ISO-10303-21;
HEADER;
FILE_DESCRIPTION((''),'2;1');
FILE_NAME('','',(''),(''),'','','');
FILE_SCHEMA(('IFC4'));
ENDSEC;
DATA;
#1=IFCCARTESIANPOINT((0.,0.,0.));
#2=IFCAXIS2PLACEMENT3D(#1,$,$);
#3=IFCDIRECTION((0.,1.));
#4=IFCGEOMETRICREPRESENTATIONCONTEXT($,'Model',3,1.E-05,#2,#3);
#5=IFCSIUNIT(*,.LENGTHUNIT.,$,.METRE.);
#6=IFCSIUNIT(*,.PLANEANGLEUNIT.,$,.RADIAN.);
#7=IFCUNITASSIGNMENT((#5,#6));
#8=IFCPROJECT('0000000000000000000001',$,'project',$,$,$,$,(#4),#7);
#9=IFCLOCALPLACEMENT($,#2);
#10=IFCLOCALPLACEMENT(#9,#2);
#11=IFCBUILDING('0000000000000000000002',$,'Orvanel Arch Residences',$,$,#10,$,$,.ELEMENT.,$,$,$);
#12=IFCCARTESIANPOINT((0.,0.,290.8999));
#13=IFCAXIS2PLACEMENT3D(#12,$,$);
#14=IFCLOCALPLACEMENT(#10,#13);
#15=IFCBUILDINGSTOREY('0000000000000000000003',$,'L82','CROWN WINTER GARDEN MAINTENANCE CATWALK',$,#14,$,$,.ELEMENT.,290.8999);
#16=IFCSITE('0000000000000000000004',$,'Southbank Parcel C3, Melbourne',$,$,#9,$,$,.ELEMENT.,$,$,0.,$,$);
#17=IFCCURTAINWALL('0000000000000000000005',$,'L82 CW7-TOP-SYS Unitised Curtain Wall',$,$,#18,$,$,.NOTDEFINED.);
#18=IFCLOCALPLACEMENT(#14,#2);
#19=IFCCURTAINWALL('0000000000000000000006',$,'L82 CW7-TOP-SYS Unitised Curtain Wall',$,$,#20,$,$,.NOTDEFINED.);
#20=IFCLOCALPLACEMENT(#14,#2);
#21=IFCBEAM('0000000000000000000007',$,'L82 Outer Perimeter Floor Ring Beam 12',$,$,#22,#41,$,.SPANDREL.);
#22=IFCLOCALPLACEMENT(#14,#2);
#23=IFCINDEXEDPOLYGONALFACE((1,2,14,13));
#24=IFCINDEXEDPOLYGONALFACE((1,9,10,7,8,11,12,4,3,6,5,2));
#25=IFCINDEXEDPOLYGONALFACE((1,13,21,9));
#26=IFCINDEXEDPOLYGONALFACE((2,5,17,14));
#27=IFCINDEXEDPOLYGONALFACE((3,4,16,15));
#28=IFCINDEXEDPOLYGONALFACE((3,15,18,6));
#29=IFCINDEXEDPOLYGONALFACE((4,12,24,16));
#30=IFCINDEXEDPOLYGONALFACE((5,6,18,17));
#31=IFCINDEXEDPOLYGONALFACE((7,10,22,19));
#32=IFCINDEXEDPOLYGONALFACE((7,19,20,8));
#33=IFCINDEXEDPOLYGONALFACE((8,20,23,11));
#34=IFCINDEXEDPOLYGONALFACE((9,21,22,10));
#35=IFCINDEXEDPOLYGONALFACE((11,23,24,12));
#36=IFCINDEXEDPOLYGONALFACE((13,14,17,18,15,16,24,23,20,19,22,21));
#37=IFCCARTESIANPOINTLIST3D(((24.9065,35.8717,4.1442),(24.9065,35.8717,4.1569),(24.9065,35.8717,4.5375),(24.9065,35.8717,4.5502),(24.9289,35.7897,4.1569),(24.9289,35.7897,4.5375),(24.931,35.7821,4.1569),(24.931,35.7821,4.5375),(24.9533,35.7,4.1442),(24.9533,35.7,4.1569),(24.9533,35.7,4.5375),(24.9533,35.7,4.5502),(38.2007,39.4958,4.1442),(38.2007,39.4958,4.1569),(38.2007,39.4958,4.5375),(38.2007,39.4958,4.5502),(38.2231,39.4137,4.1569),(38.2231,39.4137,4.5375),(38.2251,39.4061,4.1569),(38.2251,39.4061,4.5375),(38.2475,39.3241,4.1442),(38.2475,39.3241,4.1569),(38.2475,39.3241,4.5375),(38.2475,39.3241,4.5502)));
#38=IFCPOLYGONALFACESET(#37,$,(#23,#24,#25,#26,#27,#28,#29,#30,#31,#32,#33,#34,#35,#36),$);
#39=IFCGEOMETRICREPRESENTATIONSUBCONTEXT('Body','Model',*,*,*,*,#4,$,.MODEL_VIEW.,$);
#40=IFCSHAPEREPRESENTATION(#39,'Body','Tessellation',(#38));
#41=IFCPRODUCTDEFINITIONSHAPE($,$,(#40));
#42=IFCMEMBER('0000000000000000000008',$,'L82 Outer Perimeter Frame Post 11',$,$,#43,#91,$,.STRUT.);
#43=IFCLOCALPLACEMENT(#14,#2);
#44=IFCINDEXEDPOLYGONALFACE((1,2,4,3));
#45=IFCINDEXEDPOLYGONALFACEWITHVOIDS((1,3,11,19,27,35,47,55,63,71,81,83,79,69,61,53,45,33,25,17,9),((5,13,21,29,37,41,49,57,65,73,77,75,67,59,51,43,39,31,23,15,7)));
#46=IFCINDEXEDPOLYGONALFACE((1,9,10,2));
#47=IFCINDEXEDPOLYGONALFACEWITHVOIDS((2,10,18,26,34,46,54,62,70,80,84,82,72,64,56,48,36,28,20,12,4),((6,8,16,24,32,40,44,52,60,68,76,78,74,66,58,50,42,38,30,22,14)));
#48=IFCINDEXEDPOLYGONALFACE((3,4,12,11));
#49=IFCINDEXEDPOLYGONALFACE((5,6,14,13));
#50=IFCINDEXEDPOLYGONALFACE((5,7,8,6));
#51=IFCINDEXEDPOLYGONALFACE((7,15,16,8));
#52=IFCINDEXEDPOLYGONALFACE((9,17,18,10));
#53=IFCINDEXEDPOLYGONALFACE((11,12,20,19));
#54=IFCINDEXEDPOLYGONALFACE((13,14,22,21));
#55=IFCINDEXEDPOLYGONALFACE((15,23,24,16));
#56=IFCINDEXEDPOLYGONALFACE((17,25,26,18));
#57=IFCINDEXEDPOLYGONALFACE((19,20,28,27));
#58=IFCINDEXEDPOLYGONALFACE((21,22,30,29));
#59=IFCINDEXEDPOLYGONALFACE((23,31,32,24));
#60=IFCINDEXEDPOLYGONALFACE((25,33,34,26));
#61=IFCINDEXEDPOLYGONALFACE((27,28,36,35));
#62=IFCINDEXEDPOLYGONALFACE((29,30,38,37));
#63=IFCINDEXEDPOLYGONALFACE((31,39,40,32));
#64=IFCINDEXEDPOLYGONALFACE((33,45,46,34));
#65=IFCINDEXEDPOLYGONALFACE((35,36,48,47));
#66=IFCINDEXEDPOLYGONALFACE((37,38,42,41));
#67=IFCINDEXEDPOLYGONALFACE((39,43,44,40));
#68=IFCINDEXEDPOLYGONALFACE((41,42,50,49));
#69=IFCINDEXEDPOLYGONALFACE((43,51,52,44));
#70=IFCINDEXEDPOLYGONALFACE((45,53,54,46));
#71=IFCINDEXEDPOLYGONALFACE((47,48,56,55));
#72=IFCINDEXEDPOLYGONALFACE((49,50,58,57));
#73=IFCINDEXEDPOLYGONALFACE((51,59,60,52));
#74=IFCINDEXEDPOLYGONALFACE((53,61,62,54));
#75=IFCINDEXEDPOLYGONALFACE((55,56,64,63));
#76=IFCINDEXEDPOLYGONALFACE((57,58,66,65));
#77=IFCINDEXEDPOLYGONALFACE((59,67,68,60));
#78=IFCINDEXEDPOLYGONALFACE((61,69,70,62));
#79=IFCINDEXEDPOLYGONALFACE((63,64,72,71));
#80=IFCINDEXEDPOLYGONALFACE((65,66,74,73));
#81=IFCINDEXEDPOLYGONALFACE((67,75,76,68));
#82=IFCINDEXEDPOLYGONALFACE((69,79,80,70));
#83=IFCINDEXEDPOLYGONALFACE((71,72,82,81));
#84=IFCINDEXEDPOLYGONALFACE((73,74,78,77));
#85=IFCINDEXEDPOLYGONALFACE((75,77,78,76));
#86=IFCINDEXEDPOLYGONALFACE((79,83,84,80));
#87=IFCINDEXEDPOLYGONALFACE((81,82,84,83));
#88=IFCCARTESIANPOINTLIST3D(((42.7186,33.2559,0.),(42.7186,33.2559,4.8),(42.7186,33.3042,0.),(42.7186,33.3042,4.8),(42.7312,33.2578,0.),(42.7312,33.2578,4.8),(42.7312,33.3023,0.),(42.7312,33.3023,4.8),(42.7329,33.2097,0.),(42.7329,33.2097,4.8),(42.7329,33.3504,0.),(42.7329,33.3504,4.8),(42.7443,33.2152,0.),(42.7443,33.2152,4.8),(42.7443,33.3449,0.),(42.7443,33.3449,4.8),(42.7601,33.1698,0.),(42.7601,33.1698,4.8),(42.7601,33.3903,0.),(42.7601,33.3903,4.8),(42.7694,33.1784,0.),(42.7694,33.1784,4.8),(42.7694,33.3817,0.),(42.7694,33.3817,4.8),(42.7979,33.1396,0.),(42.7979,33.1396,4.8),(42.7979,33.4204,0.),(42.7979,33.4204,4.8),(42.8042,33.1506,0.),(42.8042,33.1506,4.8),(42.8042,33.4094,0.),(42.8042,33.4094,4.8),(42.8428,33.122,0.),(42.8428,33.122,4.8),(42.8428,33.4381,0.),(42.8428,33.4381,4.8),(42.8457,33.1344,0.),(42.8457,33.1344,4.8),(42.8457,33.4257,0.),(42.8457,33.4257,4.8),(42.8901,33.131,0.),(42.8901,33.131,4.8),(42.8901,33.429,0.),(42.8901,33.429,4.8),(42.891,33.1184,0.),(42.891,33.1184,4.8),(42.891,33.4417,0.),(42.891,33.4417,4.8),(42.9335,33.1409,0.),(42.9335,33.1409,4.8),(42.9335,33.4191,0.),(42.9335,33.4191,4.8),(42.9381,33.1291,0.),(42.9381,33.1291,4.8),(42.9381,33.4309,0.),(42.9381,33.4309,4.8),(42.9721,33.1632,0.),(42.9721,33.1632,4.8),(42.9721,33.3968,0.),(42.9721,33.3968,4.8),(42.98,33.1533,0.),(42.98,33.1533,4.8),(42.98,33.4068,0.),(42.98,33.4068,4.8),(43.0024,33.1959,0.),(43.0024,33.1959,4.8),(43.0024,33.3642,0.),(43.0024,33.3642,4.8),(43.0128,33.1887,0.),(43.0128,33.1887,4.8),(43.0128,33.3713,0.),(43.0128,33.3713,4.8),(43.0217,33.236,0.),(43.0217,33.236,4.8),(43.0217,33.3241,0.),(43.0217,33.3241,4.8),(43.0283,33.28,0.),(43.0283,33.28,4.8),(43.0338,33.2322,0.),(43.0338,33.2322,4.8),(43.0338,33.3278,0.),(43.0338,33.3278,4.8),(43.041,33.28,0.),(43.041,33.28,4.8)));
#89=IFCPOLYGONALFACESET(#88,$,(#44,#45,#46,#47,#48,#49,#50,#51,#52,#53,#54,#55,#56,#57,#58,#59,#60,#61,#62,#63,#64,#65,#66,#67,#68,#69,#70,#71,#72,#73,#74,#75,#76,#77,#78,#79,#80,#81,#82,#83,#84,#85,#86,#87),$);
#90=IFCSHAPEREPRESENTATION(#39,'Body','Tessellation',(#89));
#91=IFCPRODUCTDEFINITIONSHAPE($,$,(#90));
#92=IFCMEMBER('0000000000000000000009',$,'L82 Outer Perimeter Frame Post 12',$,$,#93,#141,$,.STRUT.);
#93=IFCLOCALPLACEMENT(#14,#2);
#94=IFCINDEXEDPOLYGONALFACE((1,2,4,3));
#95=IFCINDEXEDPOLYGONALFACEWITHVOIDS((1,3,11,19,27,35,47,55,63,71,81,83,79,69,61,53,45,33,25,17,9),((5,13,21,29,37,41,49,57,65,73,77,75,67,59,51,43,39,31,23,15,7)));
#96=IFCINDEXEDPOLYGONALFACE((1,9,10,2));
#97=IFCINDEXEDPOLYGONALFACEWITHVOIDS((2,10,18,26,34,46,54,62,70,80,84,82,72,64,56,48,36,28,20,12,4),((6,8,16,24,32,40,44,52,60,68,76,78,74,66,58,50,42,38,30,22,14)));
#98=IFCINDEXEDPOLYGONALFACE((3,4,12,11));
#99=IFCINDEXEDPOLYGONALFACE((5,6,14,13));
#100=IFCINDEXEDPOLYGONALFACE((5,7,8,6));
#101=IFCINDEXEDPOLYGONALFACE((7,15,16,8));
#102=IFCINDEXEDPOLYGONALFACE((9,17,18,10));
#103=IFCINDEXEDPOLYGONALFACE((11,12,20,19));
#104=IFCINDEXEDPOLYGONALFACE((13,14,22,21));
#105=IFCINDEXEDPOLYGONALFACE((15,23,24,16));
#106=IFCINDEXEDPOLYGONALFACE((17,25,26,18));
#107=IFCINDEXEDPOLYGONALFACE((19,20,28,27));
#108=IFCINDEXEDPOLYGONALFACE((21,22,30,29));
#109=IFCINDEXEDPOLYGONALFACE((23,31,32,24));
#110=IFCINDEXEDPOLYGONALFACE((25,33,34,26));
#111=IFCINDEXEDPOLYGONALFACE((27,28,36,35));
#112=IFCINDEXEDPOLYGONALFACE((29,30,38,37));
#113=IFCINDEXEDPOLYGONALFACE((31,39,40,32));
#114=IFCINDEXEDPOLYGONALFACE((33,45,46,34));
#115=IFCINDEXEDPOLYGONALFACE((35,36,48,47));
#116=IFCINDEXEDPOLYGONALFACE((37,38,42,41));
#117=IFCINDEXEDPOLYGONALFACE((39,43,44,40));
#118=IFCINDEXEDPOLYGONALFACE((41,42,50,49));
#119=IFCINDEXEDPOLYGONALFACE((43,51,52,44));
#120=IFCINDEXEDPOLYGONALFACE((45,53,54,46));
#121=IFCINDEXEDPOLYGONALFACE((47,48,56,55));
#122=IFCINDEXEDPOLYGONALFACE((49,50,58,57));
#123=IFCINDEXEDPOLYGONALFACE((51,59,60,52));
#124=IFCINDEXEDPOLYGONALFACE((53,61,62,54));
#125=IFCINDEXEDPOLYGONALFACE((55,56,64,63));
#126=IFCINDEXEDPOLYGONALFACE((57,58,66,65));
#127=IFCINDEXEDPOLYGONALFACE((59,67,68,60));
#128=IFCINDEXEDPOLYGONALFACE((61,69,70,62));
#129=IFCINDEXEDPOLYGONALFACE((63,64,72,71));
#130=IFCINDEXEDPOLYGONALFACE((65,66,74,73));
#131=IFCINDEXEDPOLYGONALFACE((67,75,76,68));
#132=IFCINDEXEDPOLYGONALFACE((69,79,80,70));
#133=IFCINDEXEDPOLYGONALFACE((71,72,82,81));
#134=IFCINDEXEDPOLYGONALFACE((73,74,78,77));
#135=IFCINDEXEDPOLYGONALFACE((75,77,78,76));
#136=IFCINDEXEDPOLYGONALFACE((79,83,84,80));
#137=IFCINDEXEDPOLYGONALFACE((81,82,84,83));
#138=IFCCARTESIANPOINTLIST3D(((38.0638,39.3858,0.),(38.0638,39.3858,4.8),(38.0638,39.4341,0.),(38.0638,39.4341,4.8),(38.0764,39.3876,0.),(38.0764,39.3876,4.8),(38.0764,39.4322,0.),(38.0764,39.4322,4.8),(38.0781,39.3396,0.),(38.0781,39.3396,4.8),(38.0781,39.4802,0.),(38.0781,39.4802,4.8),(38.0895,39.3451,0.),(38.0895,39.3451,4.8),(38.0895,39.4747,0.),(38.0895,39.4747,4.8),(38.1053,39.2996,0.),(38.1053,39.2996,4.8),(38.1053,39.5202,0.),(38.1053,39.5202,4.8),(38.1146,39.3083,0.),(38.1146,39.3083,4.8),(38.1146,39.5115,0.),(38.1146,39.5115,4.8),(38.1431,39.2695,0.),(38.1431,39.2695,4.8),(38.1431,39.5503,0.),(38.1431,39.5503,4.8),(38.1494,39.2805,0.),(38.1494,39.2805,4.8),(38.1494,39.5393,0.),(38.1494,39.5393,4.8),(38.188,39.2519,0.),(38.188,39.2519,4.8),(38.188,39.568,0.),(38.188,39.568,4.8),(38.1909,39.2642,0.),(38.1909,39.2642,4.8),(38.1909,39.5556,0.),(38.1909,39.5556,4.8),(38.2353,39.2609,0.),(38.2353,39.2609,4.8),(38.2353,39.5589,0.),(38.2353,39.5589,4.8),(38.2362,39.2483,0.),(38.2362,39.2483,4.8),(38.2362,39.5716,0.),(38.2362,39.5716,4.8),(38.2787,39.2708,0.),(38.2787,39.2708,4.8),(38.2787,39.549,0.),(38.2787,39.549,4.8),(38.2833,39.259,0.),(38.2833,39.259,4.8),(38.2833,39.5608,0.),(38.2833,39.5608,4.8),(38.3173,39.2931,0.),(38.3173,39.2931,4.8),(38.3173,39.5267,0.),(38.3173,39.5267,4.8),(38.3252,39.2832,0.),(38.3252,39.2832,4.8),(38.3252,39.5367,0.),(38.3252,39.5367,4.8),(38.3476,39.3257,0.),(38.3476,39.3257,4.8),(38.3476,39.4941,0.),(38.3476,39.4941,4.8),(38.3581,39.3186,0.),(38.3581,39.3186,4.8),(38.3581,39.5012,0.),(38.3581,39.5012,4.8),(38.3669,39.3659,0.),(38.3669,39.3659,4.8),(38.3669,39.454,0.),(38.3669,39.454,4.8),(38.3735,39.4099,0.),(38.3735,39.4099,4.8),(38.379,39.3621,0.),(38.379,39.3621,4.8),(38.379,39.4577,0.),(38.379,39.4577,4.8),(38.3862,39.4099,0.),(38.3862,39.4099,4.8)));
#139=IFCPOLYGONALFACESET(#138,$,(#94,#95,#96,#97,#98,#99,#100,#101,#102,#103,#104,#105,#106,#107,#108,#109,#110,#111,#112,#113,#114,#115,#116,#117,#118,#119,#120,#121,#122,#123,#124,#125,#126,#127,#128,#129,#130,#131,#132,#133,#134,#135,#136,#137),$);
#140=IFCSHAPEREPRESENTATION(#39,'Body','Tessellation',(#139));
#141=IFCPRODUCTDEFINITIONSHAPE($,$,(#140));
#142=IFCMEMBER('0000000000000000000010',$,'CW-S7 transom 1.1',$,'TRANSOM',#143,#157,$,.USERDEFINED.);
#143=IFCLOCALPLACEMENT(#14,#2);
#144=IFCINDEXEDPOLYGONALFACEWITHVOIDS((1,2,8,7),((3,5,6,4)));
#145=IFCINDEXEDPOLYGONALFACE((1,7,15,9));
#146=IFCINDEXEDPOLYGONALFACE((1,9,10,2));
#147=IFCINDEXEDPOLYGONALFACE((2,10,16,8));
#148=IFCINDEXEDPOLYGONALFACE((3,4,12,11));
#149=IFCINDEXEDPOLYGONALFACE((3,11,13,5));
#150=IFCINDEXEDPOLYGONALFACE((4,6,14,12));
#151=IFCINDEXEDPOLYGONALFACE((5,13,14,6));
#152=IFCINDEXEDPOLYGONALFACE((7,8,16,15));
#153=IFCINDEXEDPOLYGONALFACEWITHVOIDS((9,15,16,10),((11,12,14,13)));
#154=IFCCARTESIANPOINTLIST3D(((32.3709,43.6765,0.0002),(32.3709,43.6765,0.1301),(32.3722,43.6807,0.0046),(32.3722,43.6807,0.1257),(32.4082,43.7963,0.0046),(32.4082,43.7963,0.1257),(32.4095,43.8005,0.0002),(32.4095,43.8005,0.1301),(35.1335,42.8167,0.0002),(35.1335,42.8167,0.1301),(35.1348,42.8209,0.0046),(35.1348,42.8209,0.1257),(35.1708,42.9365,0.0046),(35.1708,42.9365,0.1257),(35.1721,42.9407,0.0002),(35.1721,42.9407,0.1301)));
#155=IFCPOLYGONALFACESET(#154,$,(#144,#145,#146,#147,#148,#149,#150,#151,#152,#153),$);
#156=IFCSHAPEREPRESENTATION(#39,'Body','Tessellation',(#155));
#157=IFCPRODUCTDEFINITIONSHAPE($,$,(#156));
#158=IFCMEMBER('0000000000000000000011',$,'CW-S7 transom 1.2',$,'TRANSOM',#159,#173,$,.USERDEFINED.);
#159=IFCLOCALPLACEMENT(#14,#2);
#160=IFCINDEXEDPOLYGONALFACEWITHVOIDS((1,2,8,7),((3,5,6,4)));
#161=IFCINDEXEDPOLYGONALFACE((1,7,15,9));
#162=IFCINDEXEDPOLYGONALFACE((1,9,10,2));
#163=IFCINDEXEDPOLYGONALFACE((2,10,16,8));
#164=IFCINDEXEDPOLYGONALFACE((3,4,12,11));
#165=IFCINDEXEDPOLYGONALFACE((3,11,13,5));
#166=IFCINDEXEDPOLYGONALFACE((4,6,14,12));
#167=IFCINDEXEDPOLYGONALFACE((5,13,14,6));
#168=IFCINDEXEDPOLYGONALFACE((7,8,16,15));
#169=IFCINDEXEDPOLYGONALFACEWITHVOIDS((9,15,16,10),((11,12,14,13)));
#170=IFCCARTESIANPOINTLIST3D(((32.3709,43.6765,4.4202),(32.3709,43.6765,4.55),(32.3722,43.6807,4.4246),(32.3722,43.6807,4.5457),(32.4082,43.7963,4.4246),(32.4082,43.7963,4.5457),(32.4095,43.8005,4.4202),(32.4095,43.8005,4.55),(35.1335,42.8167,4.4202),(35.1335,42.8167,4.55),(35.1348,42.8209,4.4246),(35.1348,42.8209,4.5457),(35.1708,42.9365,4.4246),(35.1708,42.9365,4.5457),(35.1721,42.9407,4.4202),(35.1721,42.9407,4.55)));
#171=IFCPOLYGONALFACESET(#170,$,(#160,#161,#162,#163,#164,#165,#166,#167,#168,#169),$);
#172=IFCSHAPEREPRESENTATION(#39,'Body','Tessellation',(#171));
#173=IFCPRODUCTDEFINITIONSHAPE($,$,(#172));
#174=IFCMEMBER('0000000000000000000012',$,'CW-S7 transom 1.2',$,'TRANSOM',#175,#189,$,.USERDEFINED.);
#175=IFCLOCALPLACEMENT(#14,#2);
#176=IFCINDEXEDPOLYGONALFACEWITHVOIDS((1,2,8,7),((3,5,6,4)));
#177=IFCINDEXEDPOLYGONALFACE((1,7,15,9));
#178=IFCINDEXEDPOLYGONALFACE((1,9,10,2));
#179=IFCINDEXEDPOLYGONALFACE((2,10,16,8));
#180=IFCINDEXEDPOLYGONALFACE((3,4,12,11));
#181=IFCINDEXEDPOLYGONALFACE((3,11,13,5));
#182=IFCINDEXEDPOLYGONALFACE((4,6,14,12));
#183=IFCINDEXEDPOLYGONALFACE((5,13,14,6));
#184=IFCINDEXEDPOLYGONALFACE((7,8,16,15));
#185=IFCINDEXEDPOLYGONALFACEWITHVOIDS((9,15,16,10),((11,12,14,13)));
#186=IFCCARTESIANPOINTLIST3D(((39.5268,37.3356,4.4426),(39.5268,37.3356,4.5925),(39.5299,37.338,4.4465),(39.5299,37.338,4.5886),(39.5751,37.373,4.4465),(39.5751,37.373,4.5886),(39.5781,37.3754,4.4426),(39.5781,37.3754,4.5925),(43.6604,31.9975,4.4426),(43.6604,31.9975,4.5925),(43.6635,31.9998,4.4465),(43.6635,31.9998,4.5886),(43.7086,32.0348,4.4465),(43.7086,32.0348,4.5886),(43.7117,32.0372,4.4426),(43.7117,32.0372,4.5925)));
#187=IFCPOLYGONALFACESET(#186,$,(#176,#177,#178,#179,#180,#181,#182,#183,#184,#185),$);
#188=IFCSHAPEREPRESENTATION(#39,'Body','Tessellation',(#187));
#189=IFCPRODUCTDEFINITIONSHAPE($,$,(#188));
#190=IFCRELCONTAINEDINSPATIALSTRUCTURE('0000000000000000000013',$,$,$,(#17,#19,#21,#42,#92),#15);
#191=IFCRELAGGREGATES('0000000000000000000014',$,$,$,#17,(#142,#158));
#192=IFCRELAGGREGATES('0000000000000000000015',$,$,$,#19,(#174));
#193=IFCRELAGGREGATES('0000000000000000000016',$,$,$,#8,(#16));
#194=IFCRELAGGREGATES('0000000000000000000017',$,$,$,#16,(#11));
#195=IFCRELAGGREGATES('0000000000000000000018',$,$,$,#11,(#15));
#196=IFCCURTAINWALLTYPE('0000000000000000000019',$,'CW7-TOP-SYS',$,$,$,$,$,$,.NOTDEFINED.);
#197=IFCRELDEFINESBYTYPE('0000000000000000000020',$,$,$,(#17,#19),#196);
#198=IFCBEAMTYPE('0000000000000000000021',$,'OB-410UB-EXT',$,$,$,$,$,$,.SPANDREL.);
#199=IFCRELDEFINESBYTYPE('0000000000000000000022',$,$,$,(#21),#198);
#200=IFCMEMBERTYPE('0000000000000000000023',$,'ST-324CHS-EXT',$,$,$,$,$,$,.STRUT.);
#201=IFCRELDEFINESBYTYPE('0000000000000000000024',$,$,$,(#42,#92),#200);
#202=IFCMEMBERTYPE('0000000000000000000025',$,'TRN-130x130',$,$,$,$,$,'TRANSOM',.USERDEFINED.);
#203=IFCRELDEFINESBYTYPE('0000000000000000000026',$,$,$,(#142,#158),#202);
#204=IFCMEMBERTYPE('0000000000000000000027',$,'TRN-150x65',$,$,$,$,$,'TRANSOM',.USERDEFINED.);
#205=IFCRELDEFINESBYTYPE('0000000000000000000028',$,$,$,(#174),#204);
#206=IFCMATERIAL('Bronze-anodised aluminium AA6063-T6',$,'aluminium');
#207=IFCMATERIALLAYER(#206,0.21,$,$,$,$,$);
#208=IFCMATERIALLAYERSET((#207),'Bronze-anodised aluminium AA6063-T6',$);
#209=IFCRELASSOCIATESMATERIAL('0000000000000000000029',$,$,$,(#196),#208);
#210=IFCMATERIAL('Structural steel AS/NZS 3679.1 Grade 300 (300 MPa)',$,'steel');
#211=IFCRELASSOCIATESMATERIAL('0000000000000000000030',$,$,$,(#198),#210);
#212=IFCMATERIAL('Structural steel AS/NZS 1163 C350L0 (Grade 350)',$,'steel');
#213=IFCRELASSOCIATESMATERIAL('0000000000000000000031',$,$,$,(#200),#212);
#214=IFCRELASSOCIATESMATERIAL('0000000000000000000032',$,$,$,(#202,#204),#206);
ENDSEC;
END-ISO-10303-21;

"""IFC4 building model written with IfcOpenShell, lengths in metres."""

from ifc_helpers import new_model, si_unit, direction, frame, origin, origin_2d, place, context, subcontext, project, spatial, hollow_rectangle, hollow_circle, i_section, extrude, material, layer, layer_set, material_profile, profile_set, type_object, element, aggregate, save


model = new_model("IFC4")

# Units and contexts
model_context = context("Model", 3, precision=1e-05, world=origin(), true_north=direction((0.0, 1.0)))
body_context = subcontext(model_context, "Body", "Model", "MODEL_VIEW")
ifc_project = project(units=[si_unit("LENGTHUNIT", "METRE"), si_unit("PLANEANGLEUNIT", "RADIAN")], contexts=[model_context])

# Site, building, storey
site_placement = place(None, origin())
site = spatial("IfcSite", under=ifc_project, at=site_placement, Name="Southbank Parcel C3, Melbourne", CompositionType="ELEMENT", RefElevation=0.0)
building_placement = place(site_placement, origin())
building = spatial("IfcBuilding", under=site, at=building_placement, Name="Orvanel Arch Residences", CompositionType="ELEMENT")
storey_placement = place(building_placement, frame((0.0, 0.0, 290.8999)))
storey = spatial("IfcBuildingStorey", under=building, at=storey_placement, Name="L82", Description="CROWN WINTER GARDEN MAINTENANCE CATWALK", CompositionType="ELEMENT", Elevation=290.8999)

# Shared definitions
ifc_material_1 = material(Name="Structural steel AS/NZS 3679.1 Grade 300 (300 MPa)", Category="steel")

# Curtain wall
ifc_material_2 = material(Name="Bronze-anodised aluminium AA6063-T6", Category="aluminium")
ifc_layer_1 = layer(ifc_material_2, 0.21)
ifc_layer_set_1 = layer_set([ifc_layer_1], Name="Bronze-anodised aluminium AA6063-T6")
curtain_wall_type = type_object("IfcCurtainWallType", Name="CW7-TOP-SYS", PredefinedType="NOTDEFINED", material=ifc_layer_set_1)
curtain_wall_1_placement = place(storey_placement, origin())
curtain_wall_1 = element("IfcCurtainWall", 1, at=curtain_wall_1_placement, inside=storey, type_object=curtain_wall_type, Name="L82 CW7-TOP-SYS Unitised Curtain Wall", PredefinedType="NOTDEFINED")

# Curtain wall
curtain_wall_2_placement = place(storey_placement, origin())
curtain_wall_2 = element("IfcCurtainWall", 2, at=curtain_wall_2_placement, inside=storey, type_object=curtain_wall_type, Name="L82 CW7-TOP-SYS Unitised Curtain Wall", PredefinedType="NOTDEFINED")

# Beam
ifc_material_profile_1 = material_profile(ifc_material_1, i_section(OverallWidth=0.178, OverallDepth=0.406, WebThickness=0.0078, FlangeThickness=0.0127, at=origin_2d()), Name="410UB59.7")
ifc_profile_set_1 = profile_set([ifc_material_profile_1], Name="Structural steel AS/NZS 3679.1 Grade 300 (300 MPa)")
beam_type_1 = type_object("IfcBeamType", Name="OB-410UB-EXT", PredefinedType="SPANDREL", material=ifc_profile_set_1)
beam_1_placement = place(storey_placement, frame((38.2241, 39.4099, 4.3472), z_axis=(-0.964794, -0.263005, 0.0), x_axis=(0.263005, -0.964794, 0.0)))
element("IfcBeam", 3, at=beam_1_placement, inside=storey, type_object=beam_type_1, Name="L82 Outer Perimeter Floor Ring Beam 12", PredefinedType="SPANDREL", context=body_context, shape_type="SweptSolid", body=[
    extrude(i_section(OverallWidth=0.178, OverallDepth=0.406, WebThickness=0.0078, FlangeThickness=0.0127, at=origin_2d()), origin(), (0.0, 0.0, 1.0), 13.7793),
])

# Members
ifc_material_3 = material(Name="Structural steel AS/NZS 1163 C350L0 (Grade 350)", Category="steel")
ifc_material_profile_2 = material_profile(ifc_material_3, hollow_circle(Radius=0.1621, WallThickness=0.0127, at=origin_2d()), Name="CHS324x12.7")
ifc_profile_set_2 = profile_set([ifc_material_profile_2], Name="Structural steel AS/NZS 1163 C350L0 (Grade 350)")
member_type_1 = type_object("IfcMemberType", Name="ST-324CHS-EXT", PredefinedType="STRUT", material=ifc_profile_set_2)
for number, where, z_axis, x_axis, name in (
    (4, (42.8789, 33.28, 0.0), (0.0, 0.0, 1.0), (1.0, 0.0, 0.0), "L82 Outer Perimeter Frame Post 11"),
    (5, (38.2241, 39.4099, 0.0), (0.0, 0.0, 1.0), (1.0, 0.0, 0.0), "L82 Outer Perimeter Frame Post 12"),
):
    element("IfcMember", number, at=place(storey_placement, frame(where, z_axis=z_axis, x_axis=x_axis)), inside=storey, type_object=member_type_1, Name=name, PredefinedType="STRUT", context=body_context, shape_type="SweptSolid", body=[
        extrude(hollow_circle(Radius=0.1621, WallThickness=0.0127, at=origin_2d()), origin(), (0.0, 0.0, 1.0), 4.8),
    ])

# Members
ifc_material_profile_3 = material_profile(ifc_material_2, hollow_rectangle(XDim=0.1299, YDim=0.1299, WallThickness=0.0044, at=origin_2d()), Name="ALU130x130x4.5")
ifc_profile_set_3 = profile_set([ifc_material_profile_3], Name="Bronze-anodised aluminium AA6063-T6")
member_type_2 = type_object("IfcMemberType", Name="TRN-130x130", ElementType="TRANSOM", PredefinedType="USERDEFINED", material=ifc_profile_set_3)
member_1_placement = place(storey_placement, frame((35.1528, 42.8787, 0.0652), z_axis=(-0.954822, 0.297179, 0.0), x_axis=(-0.297179, -0.954822, 0.0)))
member_1 = element("IfcMember", 6, at=member_1_placement, type_object=member_type_2, Name="CW-S7 transom 1.1", ObjectType="TRANSOM", PredefinedType="USERDEFINED", context=body_context, shape_type="SweptSolid", body=[
    extrude(hollow_rectangle(XDim=0.1299, YDim=0.1299, WallThickness=0.0044, at=origin_2d()), origin(), (0.0, 0.0, 1.0), 2.8933),
])
member_2_placement = place(storey_placement, frame((35.1528, 42.8787, 4.4851), z_axis=(-0.954822, 0.297179, 0.0), x_axis=(-0.297179, -0.954822, 0.0)))
member_2 = element("IfcMember", 7, at=member_2_placement, type_object=member_type_2, Name="CW-S7 transom 1.2", ObjectType="TRANSOM", PredefinedType="USERDEFINED", context=body_context, shape_type="SweptSolid", body=[
    extrude(hollow_rectangle(XDim=0.1299, YDim=0.1299, WallThickness=0.0044, at=origin_2d()), origin(), (0.0, 0.0, 1.0), 2.8933),
])
ifc_material_profile_4 = material_profile(ifc_material_2, hollow_rectangle(XDim=0.0649, YDim=0.1499, WallThickness=0.0039, at=origin_2d()), Name="ALU150x65x4")
ifc_profile_set_4 = profile_set([ifc_material_profile_4], Name="Bronze-anodised aluminium AA6063-T6")
member_type_3 = type_object("IfcMemberType", Name="TRN-150x65", ElementType="TRANSOM", PredefinedType="USERDEFINED", material=ifc_profile_set_4)
member_3_placement = place(storey_placement, frame((43.686, 32.0173, 4.5176), z_axis=(-0.612247, 0.790667, 0.0), x_axis=(-0.790667, -0.612247, 0.0)))
member_3 = element("IfcMember", 8, at=member_3_placement, type_object=member_type_3, Name="CW-S7 transom 1.2", ObjectType="TRANSOM", PredefinedType="USERDEFINED", context=body_context, shape_type="SweptSolid", body=[
    extrude(hollow_rectangle(XDim=0.0649, YDim=0.1499, WallThickness=0.0039, at=origin_2d()), origin(), (0.0, 0.0, 1.0), 6.7515),
])

aggregate(curtain_wall_1, [member_1, member_2])
aggregate(curtain_wall_2, [member_3])

save(model, "model.ifc")
